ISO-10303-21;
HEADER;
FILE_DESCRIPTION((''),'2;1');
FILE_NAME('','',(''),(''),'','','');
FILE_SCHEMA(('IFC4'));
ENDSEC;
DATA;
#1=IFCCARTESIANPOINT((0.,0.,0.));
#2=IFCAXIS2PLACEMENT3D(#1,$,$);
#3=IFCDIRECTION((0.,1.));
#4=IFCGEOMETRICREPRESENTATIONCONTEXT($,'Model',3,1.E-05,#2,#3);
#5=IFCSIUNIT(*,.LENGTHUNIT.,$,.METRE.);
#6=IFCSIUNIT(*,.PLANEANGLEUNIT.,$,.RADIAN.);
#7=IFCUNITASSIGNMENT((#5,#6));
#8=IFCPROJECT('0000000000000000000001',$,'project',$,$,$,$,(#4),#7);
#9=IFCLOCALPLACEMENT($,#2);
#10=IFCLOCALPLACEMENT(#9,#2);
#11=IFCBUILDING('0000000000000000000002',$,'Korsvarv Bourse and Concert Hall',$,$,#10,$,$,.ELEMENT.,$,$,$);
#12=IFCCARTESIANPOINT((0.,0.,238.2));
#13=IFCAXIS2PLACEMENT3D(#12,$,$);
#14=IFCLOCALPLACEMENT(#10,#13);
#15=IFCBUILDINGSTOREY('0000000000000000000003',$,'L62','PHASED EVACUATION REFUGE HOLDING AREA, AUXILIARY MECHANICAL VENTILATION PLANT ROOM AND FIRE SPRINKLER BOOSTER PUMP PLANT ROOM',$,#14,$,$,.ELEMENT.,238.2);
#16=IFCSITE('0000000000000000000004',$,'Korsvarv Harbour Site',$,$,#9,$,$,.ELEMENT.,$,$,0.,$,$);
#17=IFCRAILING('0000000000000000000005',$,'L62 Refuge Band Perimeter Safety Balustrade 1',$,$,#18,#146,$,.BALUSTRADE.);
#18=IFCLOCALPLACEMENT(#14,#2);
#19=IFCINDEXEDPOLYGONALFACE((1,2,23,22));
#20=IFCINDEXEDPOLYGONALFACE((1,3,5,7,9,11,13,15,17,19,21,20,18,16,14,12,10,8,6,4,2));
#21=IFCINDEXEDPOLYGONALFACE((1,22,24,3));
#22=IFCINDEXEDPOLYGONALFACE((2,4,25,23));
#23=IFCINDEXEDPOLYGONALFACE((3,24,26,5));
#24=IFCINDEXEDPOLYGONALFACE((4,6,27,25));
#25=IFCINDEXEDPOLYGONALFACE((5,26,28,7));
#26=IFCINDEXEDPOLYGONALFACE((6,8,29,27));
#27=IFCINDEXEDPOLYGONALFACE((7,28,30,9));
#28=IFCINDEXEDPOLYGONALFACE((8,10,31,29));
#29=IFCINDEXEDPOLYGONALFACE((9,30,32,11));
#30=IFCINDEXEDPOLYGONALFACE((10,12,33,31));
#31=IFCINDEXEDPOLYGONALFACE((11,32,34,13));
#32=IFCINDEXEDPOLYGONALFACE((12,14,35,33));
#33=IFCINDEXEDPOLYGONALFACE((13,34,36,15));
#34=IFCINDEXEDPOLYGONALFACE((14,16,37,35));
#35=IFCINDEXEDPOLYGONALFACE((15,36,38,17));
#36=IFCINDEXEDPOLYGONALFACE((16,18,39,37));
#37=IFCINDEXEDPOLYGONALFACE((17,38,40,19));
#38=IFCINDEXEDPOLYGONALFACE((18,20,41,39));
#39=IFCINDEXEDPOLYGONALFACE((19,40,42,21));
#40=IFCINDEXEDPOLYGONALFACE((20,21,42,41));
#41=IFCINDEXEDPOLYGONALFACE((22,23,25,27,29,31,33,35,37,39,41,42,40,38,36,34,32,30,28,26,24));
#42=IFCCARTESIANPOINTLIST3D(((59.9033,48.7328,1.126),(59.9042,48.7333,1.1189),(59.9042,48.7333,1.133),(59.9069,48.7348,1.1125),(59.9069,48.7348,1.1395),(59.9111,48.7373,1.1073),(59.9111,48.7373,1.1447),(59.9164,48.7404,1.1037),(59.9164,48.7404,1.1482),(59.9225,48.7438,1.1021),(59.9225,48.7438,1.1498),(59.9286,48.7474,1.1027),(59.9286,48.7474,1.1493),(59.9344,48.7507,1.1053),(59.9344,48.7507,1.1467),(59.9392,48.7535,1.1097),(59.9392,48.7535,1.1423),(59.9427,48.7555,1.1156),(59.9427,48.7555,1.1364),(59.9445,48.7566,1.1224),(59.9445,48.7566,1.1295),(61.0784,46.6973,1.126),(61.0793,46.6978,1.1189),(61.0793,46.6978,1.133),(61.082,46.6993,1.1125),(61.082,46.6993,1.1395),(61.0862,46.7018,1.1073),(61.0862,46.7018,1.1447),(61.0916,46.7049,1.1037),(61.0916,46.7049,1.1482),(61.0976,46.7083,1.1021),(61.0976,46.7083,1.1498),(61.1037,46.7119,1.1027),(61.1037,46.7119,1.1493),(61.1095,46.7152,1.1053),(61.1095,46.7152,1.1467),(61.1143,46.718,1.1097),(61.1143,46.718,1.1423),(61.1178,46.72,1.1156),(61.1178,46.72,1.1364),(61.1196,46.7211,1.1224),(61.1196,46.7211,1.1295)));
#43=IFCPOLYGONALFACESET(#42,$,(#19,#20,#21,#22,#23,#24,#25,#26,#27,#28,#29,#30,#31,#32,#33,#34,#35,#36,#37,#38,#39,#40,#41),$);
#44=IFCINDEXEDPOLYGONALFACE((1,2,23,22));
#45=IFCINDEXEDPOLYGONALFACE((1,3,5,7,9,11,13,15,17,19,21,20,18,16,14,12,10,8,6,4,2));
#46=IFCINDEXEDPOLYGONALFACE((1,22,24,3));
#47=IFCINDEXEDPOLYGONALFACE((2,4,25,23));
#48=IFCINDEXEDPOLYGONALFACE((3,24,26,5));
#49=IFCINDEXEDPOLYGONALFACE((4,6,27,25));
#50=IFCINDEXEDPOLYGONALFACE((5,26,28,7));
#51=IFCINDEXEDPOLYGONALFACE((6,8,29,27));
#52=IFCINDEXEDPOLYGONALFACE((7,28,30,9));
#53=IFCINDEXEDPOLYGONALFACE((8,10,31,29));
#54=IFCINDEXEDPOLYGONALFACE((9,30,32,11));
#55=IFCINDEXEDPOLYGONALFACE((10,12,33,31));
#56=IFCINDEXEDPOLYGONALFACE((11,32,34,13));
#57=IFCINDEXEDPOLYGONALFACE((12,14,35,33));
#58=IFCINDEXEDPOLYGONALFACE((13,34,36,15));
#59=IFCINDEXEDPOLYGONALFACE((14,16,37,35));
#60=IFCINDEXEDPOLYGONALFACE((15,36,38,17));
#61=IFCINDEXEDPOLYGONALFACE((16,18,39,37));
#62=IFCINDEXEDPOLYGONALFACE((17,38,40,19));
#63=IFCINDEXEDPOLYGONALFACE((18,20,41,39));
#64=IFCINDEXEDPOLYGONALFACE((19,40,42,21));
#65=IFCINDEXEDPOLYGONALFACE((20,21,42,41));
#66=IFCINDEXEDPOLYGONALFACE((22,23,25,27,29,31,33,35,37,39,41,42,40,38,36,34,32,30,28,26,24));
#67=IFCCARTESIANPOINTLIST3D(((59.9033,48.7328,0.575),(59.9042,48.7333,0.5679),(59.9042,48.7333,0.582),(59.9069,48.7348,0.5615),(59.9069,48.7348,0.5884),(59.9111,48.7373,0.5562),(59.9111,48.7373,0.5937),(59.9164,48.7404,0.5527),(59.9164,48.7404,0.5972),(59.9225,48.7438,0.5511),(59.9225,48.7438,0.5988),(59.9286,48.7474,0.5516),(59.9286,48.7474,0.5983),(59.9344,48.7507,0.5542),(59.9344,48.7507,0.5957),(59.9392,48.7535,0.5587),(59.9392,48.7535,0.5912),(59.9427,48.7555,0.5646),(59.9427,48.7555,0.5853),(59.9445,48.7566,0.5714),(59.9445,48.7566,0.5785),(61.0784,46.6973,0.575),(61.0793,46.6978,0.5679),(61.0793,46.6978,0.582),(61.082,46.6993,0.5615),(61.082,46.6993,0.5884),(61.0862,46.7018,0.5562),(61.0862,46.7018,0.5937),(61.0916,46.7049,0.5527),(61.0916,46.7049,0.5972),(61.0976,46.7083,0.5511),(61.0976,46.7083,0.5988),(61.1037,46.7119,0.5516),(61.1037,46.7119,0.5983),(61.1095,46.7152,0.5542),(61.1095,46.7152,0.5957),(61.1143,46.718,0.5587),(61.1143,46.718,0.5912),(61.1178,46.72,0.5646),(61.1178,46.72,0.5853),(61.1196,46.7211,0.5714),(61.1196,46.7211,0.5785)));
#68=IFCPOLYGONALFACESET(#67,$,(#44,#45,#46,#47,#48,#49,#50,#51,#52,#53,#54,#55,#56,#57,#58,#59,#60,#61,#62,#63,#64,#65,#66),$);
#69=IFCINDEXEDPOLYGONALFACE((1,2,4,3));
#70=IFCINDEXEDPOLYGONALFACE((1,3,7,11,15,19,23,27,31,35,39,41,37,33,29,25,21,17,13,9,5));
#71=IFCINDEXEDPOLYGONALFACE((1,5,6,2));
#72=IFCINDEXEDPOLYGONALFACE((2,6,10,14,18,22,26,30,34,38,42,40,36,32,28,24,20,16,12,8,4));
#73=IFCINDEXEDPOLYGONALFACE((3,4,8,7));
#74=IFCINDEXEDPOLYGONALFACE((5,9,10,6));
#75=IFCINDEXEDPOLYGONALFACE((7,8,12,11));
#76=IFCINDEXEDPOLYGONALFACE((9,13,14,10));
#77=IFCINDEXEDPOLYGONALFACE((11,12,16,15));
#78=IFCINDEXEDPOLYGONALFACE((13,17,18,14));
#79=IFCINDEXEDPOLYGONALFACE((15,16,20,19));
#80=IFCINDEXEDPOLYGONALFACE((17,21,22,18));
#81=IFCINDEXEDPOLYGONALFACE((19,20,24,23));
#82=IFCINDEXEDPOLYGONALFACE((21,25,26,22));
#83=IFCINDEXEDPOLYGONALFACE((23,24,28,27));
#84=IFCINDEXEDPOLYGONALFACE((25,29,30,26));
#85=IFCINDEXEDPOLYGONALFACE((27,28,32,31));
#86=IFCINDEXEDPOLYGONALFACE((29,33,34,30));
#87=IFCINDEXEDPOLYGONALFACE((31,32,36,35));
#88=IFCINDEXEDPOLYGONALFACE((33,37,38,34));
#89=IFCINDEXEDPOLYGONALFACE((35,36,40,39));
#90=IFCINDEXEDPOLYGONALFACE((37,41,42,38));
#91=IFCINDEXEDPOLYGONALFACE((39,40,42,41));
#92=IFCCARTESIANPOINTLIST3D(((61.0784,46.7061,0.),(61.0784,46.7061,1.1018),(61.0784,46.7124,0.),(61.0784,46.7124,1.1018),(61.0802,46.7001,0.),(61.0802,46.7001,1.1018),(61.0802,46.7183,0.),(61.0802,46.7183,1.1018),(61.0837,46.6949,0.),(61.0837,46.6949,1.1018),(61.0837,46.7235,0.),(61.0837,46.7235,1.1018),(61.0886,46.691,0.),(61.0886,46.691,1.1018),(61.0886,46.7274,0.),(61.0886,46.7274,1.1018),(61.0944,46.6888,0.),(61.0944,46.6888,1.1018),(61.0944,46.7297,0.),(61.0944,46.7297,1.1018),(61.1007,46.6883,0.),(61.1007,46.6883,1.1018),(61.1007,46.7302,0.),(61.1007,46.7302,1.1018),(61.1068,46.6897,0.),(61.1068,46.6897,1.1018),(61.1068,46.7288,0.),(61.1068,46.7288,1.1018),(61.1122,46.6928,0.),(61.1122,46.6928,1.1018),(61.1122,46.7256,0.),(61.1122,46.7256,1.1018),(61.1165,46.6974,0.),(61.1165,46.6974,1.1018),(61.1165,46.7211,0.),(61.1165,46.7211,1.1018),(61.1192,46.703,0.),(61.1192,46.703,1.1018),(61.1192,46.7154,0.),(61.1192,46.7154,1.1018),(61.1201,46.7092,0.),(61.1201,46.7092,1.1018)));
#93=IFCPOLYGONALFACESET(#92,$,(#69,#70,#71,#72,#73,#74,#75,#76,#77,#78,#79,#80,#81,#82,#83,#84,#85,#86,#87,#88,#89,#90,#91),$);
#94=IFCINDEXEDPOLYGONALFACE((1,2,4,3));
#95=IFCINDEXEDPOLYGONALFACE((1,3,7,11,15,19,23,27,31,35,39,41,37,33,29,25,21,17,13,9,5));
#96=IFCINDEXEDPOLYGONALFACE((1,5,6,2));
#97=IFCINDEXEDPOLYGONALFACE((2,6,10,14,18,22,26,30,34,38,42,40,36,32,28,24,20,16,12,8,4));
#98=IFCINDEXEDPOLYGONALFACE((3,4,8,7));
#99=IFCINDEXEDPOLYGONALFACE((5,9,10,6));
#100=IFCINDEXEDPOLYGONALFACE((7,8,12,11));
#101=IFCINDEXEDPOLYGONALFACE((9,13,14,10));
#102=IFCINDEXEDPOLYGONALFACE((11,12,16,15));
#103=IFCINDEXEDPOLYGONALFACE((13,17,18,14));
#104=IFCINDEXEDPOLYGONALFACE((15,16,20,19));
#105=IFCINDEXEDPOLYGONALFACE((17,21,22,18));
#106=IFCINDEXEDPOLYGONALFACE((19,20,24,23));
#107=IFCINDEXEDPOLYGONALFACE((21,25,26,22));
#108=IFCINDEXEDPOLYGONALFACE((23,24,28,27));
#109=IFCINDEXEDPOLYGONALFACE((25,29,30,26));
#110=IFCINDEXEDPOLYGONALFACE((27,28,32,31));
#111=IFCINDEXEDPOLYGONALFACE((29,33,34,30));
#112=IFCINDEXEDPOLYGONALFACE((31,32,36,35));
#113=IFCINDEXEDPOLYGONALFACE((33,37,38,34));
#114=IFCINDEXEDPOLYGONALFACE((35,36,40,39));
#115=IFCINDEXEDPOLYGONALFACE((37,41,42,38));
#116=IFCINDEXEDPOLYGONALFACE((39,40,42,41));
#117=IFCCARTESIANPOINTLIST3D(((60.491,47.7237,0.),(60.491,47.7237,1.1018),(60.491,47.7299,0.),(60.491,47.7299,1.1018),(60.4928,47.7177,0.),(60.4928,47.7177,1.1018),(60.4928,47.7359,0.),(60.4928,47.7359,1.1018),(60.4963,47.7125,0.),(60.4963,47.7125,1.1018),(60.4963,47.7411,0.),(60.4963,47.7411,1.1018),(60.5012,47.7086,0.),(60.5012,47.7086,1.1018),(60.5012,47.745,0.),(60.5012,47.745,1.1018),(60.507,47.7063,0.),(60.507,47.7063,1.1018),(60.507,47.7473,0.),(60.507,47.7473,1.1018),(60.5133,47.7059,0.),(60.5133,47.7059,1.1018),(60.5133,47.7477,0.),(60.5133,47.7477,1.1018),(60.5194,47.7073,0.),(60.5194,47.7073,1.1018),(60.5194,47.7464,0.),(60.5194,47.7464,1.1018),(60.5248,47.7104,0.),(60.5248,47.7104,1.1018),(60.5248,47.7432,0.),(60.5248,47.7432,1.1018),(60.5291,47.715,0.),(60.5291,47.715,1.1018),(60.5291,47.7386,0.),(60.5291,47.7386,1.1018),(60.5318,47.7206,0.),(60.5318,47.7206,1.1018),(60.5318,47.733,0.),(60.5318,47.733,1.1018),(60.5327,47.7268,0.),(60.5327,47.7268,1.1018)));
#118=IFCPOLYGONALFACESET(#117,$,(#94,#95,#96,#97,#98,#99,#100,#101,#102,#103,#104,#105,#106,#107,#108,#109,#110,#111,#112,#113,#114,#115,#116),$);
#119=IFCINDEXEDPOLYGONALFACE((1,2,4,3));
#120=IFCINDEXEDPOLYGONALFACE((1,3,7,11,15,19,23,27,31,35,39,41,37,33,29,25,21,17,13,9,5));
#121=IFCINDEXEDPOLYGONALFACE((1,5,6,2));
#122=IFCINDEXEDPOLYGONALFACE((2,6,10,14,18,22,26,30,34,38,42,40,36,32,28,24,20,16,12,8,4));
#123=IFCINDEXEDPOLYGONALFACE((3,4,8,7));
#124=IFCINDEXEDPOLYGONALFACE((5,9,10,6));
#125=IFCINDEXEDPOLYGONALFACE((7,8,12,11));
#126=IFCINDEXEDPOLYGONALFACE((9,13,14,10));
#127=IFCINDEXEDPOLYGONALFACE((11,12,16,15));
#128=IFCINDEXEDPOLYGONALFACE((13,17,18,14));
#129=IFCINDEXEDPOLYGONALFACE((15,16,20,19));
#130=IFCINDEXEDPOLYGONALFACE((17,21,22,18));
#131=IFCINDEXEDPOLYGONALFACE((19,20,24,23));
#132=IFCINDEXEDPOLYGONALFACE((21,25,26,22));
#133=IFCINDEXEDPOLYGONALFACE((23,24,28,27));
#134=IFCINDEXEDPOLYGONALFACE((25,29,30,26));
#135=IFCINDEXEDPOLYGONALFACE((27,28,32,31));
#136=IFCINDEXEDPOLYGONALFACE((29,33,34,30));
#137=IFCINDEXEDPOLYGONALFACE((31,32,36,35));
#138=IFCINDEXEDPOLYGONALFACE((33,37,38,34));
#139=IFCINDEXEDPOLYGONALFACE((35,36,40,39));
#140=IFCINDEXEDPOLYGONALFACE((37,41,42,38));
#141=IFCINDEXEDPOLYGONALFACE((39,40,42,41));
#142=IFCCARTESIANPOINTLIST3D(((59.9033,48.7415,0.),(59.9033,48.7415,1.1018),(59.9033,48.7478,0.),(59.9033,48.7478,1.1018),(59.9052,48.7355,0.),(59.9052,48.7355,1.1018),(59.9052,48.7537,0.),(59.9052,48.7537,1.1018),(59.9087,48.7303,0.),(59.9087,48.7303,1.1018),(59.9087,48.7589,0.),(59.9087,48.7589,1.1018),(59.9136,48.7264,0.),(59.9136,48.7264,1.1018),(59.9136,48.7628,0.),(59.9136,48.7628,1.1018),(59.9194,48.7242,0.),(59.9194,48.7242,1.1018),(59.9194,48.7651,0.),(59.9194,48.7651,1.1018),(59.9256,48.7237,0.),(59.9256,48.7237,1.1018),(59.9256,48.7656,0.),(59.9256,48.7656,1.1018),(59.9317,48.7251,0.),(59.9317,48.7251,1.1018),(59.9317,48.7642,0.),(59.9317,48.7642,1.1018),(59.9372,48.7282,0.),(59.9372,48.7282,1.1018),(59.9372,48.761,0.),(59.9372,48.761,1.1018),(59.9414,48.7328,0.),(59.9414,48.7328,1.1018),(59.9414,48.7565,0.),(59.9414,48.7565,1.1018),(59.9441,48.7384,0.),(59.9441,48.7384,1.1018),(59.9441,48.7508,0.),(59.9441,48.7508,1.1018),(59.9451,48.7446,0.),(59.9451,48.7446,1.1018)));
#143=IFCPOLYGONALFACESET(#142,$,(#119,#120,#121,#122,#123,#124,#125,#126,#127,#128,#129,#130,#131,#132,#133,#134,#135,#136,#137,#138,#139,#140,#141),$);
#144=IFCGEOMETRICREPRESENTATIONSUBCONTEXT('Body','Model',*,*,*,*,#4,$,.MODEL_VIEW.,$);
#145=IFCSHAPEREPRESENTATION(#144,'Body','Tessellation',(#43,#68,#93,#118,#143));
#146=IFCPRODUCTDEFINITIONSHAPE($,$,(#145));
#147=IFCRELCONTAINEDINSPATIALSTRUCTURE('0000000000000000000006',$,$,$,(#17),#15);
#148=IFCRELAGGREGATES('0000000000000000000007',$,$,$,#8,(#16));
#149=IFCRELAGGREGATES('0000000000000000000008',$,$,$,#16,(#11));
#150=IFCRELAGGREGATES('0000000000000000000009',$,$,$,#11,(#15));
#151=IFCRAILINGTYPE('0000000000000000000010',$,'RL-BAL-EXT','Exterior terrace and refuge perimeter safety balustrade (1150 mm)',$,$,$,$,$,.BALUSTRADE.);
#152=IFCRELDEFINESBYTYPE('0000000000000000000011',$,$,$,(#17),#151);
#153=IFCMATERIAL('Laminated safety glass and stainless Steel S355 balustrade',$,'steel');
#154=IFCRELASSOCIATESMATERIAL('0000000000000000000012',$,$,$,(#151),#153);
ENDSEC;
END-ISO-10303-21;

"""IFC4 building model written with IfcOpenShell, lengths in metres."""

from ifc_helpers import new_model, si_unit, direction, frame, origin, origin_2d, place, context, subcontext, project, spatial, circle, extrude, material, type_object, element, save


model = new_model("IFC4")

# Units and contexts
model_context = context("Model", 3, precision=1e-05, world=origin(), true_north=direction((0.0, 1.0)))
body_context = subcontext(model_context, "Body", "Model", "MODEL_VIEW")
ifc_project = project(units=[si_unit("LENGTHUNIT", "METRE"), si_unit("PLANEANGLEUNIT", "RADIAN")], contexts=[model_context])

# Site, building, storey
site_placement = place(None, origin())
site = spatial("IfcSite", under=ifc_project, at=site_placement, Name="Korsvarv Harbour Site", CompositionType="ELEMENT", RefElevation=0.0)
building_placement = place(site_placement, origin())
building = spatial("IfcBuilding", under=site, at=building_placement, Name="Korsvarv Bourse and Concert Hall", CompositionType="ELEMENT")
storey_placement = place(building_placement, frame((0.0, 0.0, 238.2)))
storey = spatial("IfcBuildingStorey", under=building, at=storey_placement, Name="L62", Description="PHASED EVACUATION REFUGE HOLDING AREA, AUXILIARY MECHANICAL VENTILATION PLANT ROOM AND FIRE SPRINKLER BOOSTER PUMP PLANT ROOM", CompositionType="ELEMENT", Elevation=238.2)

# Railing
ifc_material_1 = material(Name="Laminated safety glass and stainless Steel S355 balustrade", Category="steel")
railing_type = type_object("IfcRailingType", Name="RL-BAL-EXT", Description="Exterior terrace and refuge perimeter safety balustrade (1150 mm)", PredefinedType="BALUSTRADE", material=ifc_material_1)
railing_1_placement = place(storey_placement, frame((61.0991, 46.7092, 0.0)))
element("IfcRailing", 1, at=railing_1_placement, inside=storey, type_object=railing_type, Name="L62 Refuge Band Perimeter Safety Balustrade 1", PredefinedType="BALUSTRADE", context=body_context, shape_type="SweptSolid", body=[
    extrude(circle(Radius=0.0239, at=origin_2d()), frame((0.0, 0.0, 1.126), z_axis=(-0.499971, 0.866042, 0.0), x_axis=(-0.866042, -0.499971, 0.0)), (0.0, 0.0, 1.0), 2.3503),
    extrude(circle(Radius=0.0239, at=origin_2d()), frame((0.0, 0.0, 0.575), z_axis=(-0.499971, 0.866042, 0.0), x_axis=(-0.866042, -0.499971, 0.0)), (0.0, 0.0, 1.0), 2.3503),
    extrude(circle(Radius=0.021, at=origin_2d()), origin(), (0.0, 0.0, 1.0), 1.1018),
    extrude(circle(Radius=0.021, at=origin_2d()), frame((-0.5874, 1.0176, 0.0)), (0.0, 0.0, 1.0), 1.1018),
    extrude(circle(Radius=0.021, at=origin_2d()), frame((-1.175, 2.0354, 0.0)), (0.0, 0.0, 1.0), 1.1018),
])

save(model, "model.ifc")
